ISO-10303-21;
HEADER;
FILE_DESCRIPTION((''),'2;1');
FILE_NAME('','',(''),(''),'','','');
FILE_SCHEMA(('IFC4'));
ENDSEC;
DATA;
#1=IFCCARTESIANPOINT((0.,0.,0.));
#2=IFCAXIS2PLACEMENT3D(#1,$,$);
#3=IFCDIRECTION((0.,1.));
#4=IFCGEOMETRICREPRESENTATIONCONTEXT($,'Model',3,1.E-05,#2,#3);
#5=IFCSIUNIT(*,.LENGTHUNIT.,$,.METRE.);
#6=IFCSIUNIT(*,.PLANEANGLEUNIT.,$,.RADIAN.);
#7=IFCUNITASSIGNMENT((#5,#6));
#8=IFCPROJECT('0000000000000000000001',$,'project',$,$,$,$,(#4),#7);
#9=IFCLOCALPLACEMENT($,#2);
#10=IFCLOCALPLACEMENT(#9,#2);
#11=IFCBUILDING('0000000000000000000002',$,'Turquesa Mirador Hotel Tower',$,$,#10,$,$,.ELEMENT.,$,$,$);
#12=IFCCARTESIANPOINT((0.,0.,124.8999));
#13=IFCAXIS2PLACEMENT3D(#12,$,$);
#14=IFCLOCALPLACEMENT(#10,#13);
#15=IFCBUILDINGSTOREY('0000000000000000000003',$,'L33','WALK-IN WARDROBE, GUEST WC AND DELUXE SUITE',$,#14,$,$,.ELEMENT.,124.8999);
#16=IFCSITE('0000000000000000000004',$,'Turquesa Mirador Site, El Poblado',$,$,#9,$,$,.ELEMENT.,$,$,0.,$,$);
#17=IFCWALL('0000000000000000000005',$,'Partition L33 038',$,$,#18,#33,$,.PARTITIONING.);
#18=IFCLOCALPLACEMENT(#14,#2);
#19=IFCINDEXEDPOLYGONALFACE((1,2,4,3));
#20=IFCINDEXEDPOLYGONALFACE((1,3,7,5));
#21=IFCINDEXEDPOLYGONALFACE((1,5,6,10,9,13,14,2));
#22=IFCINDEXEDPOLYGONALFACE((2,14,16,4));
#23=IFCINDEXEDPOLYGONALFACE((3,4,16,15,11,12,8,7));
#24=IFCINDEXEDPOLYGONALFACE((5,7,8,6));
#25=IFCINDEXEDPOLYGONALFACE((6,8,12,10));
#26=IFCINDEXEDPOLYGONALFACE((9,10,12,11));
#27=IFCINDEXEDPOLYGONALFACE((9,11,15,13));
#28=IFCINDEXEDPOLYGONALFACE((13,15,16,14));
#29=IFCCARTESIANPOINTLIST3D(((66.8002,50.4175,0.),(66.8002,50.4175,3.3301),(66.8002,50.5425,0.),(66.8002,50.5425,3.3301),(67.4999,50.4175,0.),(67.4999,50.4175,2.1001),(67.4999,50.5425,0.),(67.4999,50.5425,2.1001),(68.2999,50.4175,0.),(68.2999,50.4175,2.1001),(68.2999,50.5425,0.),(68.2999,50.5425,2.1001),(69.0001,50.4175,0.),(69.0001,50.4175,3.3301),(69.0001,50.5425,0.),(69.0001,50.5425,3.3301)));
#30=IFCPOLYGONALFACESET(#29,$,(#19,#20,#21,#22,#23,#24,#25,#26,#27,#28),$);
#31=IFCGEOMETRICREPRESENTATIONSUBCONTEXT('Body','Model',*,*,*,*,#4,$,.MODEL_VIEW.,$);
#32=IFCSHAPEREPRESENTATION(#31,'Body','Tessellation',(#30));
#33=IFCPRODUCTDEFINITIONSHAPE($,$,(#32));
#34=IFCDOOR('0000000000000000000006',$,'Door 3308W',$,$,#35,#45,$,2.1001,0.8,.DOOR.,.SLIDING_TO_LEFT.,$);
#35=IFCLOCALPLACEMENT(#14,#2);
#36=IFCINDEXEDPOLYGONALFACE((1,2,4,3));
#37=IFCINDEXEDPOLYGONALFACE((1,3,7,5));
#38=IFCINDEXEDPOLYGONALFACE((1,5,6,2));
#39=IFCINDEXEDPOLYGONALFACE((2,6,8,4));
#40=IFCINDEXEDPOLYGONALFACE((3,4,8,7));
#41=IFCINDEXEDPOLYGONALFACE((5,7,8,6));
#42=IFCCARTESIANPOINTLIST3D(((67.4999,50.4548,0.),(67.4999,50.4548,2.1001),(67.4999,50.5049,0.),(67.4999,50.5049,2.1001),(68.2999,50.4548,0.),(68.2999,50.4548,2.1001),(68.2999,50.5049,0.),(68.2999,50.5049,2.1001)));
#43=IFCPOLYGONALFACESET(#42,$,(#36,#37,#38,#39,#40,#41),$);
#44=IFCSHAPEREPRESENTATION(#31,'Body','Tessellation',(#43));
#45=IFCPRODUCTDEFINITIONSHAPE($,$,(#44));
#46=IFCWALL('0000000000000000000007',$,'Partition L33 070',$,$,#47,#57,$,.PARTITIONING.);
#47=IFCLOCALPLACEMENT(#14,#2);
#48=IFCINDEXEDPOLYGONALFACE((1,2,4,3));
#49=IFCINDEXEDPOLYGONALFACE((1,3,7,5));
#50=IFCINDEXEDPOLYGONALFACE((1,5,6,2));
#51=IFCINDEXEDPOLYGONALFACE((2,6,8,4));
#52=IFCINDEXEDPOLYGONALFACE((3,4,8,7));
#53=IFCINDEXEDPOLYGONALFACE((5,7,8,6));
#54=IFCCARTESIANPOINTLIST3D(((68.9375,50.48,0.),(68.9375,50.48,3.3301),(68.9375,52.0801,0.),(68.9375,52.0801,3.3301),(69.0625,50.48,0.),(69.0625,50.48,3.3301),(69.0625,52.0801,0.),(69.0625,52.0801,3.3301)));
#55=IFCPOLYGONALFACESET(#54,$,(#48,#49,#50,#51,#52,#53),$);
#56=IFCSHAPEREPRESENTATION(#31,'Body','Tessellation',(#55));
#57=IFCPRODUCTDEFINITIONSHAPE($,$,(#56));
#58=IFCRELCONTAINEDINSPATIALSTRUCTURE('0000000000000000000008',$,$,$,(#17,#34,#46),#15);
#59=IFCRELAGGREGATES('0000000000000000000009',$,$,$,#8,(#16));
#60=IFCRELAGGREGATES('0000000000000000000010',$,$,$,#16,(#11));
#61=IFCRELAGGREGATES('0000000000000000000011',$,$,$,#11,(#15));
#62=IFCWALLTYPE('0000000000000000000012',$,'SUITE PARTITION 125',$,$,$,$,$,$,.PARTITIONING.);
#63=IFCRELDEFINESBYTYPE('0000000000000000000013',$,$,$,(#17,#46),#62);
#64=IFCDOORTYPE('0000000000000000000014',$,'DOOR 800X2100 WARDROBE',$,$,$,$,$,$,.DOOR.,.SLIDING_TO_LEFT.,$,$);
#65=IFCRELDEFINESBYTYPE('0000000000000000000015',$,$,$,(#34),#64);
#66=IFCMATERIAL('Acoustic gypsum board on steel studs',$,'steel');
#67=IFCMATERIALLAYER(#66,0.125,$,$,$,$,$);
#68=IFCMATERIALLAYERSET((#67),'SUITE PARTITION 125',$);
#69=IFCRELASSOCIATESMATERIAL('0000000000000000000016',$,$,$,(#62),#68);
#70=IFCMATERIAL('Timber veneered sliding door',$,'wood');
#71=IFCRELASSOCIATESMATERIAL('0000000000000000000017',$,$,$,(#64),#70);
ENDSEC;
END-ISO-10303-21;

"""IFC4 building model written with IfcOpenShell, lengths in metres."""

from ifc_helpers import new_model, si_unit, direction, frame, frame_2d, origin, place, context, subcontext, project, spatial, rectangle, extrude, material, layer, layer_set, type_object, element, fill, save


model = new_model("IFC4")

# Units and contexts
model_context = context("Model", 3, precision=1e-05, world=origin(), true_north=direction((0.0, 1.0)))
body_context = subcontext(model_context, "Body", "Model", "MODEL_VIEW")
ifc_project = project(units=[si_unit("LENGTHUNIT", "METRE"), si_unit("PLANEANGLEUNIT", "RADIAN")], contexts=[model_context])

# Site, building, storey
site_placement = place(None, origin())
site = spatial("IfcSite", under=ifc_project, at=site_placement, Name="Turquesa Mirador Site, El Poblado", CompositionType="ELEMENT", RefElevation=0.0)
building_placement = place(site_placement, origin())
building = spatial("IfcBuilding", under=site, at=building_placement, Name="Turquesa Mirador Hotel Tower", CompositionType="ELEMENT")
storey_placement = place(building_placement, frame((0.0, 0.0, 124.8999)))
storey = spatial("IfcBuildingStorey", under=building, at=storey_placement, Name="L33", Description="WALK-IN WARDROBE, GUEST WC AND DELUXE SUITE", CompositionType="ELEMENT", Elevation=124.8999)

# Wall, opening, door
ifc_material_1 = material(Name="Acoustic gypsum board on steel studs", Category="steel")
ifc_layer_1 = layer(ifc_material_1, 0.125)
ifc_layer_set_1 = layer_set([ifc_layer_1], Name="SUITE PARTITION 125")
wall_type_1 = type_object("IfcWallType", Name="SUITE PARTITION 125", PredefinedType="PARTITIONING", material=ifc_layer_set_1)
wall_1_placement = place(storey_placement, frame((66.8, 50.48, 0.0), z_axis=(0.0, 0.0, 1.0), x_axis=(1.0, 0.0, 0.0)))
wall_1 = element("IfcWall", 1, at=wall_1_placement, inside=storey, type_object=wall_type_1, Name="Partition L33 038", PredefinedType="PARTITIONING", context=body_context, shape_type="SweptSolid", body=[
    extrude(rectangle(XDim=2.2, YDim=0.125, at=frame_2d((1.1001, 0.0))), origin(), (0.0, 0.0, 1.0), 3.3301),
])
opening_1_placement = place(wall_1_placement, frame((0.7, 0.0, 0.0)))
opening_1 = element("IfcOpeningElement", 2, at=opening_1_placement, cuts=wall_1, PredefinedType="OPENING", context=body_context, shape_type="SweptSolid", body=[
    extrude(rectangle(XDim=0.8, YDim=2.1001, at=frame_2d((0.3999, 1.05))), frame((0.0, 0.0725, 0.0), z_axis=(0.0, -1.0, 0.0), x_axis=(1.0, 0.0, 0.0)), (0.0, 0.0, 1.0), 0.145),
])
ifc_material_2 = material(Name="Timber veneered sliding door", Category="wood")
door_type_1 = type_object("IfcDoorType", Name="DOOR 800X2100 WARDROBE", OperationType="SLIDING_TO_LEFT", PredefinedType="DOOR", material=ifc_material_2)
door_1_placement = place(opening_1_placement, origin())
door_1 = element("IfcDoor", 3, at=door_1_placement, inside=storey, type_object=door_type_1, Name="Door 3308W", OperationType="SLIDING_TO_LEFT", OverallHeight=2.1001, OverallWidth=0.8, PredefinedType="DOOR", context=body_context, shape_type="SweptSolid", body=[
    extrude(rectangle(XDim=0.8, YDim=2.1001, at=frame_2d((0.3999, 1.05))), frame((0.0, 0.0249, 0.0), z_axis=(0.0, -1.0, 0.0), x_axis=(1.0, 0.0, 0.0)), (0.0, 0.0, 1.0), 0.05),
])
fill(opening_1, door_1)

# Wall
wall_2_placement = place(storey_placement, frame((69.0, 50.48, 0.0), z_axis=(0.0, 0.0, 1.0), x_axis=(0.0, 1.0, 0.0)))
element("IfcWall", 4, at=wall_2_placement, inside=storey, type_object=wall_type_1, Name="Partition L33 070", PredefinedType="PARTITIONING", context=body_context, shape_type="SweptSolid", body=[
    extrude(rectangle(XDim=1.6001, YDim=0.125, at=frame_2d((0.8, 0.0))), origin(), (0.0, 0.0, 1.0), 3.3301),
])

save(model, "model.ifc")
